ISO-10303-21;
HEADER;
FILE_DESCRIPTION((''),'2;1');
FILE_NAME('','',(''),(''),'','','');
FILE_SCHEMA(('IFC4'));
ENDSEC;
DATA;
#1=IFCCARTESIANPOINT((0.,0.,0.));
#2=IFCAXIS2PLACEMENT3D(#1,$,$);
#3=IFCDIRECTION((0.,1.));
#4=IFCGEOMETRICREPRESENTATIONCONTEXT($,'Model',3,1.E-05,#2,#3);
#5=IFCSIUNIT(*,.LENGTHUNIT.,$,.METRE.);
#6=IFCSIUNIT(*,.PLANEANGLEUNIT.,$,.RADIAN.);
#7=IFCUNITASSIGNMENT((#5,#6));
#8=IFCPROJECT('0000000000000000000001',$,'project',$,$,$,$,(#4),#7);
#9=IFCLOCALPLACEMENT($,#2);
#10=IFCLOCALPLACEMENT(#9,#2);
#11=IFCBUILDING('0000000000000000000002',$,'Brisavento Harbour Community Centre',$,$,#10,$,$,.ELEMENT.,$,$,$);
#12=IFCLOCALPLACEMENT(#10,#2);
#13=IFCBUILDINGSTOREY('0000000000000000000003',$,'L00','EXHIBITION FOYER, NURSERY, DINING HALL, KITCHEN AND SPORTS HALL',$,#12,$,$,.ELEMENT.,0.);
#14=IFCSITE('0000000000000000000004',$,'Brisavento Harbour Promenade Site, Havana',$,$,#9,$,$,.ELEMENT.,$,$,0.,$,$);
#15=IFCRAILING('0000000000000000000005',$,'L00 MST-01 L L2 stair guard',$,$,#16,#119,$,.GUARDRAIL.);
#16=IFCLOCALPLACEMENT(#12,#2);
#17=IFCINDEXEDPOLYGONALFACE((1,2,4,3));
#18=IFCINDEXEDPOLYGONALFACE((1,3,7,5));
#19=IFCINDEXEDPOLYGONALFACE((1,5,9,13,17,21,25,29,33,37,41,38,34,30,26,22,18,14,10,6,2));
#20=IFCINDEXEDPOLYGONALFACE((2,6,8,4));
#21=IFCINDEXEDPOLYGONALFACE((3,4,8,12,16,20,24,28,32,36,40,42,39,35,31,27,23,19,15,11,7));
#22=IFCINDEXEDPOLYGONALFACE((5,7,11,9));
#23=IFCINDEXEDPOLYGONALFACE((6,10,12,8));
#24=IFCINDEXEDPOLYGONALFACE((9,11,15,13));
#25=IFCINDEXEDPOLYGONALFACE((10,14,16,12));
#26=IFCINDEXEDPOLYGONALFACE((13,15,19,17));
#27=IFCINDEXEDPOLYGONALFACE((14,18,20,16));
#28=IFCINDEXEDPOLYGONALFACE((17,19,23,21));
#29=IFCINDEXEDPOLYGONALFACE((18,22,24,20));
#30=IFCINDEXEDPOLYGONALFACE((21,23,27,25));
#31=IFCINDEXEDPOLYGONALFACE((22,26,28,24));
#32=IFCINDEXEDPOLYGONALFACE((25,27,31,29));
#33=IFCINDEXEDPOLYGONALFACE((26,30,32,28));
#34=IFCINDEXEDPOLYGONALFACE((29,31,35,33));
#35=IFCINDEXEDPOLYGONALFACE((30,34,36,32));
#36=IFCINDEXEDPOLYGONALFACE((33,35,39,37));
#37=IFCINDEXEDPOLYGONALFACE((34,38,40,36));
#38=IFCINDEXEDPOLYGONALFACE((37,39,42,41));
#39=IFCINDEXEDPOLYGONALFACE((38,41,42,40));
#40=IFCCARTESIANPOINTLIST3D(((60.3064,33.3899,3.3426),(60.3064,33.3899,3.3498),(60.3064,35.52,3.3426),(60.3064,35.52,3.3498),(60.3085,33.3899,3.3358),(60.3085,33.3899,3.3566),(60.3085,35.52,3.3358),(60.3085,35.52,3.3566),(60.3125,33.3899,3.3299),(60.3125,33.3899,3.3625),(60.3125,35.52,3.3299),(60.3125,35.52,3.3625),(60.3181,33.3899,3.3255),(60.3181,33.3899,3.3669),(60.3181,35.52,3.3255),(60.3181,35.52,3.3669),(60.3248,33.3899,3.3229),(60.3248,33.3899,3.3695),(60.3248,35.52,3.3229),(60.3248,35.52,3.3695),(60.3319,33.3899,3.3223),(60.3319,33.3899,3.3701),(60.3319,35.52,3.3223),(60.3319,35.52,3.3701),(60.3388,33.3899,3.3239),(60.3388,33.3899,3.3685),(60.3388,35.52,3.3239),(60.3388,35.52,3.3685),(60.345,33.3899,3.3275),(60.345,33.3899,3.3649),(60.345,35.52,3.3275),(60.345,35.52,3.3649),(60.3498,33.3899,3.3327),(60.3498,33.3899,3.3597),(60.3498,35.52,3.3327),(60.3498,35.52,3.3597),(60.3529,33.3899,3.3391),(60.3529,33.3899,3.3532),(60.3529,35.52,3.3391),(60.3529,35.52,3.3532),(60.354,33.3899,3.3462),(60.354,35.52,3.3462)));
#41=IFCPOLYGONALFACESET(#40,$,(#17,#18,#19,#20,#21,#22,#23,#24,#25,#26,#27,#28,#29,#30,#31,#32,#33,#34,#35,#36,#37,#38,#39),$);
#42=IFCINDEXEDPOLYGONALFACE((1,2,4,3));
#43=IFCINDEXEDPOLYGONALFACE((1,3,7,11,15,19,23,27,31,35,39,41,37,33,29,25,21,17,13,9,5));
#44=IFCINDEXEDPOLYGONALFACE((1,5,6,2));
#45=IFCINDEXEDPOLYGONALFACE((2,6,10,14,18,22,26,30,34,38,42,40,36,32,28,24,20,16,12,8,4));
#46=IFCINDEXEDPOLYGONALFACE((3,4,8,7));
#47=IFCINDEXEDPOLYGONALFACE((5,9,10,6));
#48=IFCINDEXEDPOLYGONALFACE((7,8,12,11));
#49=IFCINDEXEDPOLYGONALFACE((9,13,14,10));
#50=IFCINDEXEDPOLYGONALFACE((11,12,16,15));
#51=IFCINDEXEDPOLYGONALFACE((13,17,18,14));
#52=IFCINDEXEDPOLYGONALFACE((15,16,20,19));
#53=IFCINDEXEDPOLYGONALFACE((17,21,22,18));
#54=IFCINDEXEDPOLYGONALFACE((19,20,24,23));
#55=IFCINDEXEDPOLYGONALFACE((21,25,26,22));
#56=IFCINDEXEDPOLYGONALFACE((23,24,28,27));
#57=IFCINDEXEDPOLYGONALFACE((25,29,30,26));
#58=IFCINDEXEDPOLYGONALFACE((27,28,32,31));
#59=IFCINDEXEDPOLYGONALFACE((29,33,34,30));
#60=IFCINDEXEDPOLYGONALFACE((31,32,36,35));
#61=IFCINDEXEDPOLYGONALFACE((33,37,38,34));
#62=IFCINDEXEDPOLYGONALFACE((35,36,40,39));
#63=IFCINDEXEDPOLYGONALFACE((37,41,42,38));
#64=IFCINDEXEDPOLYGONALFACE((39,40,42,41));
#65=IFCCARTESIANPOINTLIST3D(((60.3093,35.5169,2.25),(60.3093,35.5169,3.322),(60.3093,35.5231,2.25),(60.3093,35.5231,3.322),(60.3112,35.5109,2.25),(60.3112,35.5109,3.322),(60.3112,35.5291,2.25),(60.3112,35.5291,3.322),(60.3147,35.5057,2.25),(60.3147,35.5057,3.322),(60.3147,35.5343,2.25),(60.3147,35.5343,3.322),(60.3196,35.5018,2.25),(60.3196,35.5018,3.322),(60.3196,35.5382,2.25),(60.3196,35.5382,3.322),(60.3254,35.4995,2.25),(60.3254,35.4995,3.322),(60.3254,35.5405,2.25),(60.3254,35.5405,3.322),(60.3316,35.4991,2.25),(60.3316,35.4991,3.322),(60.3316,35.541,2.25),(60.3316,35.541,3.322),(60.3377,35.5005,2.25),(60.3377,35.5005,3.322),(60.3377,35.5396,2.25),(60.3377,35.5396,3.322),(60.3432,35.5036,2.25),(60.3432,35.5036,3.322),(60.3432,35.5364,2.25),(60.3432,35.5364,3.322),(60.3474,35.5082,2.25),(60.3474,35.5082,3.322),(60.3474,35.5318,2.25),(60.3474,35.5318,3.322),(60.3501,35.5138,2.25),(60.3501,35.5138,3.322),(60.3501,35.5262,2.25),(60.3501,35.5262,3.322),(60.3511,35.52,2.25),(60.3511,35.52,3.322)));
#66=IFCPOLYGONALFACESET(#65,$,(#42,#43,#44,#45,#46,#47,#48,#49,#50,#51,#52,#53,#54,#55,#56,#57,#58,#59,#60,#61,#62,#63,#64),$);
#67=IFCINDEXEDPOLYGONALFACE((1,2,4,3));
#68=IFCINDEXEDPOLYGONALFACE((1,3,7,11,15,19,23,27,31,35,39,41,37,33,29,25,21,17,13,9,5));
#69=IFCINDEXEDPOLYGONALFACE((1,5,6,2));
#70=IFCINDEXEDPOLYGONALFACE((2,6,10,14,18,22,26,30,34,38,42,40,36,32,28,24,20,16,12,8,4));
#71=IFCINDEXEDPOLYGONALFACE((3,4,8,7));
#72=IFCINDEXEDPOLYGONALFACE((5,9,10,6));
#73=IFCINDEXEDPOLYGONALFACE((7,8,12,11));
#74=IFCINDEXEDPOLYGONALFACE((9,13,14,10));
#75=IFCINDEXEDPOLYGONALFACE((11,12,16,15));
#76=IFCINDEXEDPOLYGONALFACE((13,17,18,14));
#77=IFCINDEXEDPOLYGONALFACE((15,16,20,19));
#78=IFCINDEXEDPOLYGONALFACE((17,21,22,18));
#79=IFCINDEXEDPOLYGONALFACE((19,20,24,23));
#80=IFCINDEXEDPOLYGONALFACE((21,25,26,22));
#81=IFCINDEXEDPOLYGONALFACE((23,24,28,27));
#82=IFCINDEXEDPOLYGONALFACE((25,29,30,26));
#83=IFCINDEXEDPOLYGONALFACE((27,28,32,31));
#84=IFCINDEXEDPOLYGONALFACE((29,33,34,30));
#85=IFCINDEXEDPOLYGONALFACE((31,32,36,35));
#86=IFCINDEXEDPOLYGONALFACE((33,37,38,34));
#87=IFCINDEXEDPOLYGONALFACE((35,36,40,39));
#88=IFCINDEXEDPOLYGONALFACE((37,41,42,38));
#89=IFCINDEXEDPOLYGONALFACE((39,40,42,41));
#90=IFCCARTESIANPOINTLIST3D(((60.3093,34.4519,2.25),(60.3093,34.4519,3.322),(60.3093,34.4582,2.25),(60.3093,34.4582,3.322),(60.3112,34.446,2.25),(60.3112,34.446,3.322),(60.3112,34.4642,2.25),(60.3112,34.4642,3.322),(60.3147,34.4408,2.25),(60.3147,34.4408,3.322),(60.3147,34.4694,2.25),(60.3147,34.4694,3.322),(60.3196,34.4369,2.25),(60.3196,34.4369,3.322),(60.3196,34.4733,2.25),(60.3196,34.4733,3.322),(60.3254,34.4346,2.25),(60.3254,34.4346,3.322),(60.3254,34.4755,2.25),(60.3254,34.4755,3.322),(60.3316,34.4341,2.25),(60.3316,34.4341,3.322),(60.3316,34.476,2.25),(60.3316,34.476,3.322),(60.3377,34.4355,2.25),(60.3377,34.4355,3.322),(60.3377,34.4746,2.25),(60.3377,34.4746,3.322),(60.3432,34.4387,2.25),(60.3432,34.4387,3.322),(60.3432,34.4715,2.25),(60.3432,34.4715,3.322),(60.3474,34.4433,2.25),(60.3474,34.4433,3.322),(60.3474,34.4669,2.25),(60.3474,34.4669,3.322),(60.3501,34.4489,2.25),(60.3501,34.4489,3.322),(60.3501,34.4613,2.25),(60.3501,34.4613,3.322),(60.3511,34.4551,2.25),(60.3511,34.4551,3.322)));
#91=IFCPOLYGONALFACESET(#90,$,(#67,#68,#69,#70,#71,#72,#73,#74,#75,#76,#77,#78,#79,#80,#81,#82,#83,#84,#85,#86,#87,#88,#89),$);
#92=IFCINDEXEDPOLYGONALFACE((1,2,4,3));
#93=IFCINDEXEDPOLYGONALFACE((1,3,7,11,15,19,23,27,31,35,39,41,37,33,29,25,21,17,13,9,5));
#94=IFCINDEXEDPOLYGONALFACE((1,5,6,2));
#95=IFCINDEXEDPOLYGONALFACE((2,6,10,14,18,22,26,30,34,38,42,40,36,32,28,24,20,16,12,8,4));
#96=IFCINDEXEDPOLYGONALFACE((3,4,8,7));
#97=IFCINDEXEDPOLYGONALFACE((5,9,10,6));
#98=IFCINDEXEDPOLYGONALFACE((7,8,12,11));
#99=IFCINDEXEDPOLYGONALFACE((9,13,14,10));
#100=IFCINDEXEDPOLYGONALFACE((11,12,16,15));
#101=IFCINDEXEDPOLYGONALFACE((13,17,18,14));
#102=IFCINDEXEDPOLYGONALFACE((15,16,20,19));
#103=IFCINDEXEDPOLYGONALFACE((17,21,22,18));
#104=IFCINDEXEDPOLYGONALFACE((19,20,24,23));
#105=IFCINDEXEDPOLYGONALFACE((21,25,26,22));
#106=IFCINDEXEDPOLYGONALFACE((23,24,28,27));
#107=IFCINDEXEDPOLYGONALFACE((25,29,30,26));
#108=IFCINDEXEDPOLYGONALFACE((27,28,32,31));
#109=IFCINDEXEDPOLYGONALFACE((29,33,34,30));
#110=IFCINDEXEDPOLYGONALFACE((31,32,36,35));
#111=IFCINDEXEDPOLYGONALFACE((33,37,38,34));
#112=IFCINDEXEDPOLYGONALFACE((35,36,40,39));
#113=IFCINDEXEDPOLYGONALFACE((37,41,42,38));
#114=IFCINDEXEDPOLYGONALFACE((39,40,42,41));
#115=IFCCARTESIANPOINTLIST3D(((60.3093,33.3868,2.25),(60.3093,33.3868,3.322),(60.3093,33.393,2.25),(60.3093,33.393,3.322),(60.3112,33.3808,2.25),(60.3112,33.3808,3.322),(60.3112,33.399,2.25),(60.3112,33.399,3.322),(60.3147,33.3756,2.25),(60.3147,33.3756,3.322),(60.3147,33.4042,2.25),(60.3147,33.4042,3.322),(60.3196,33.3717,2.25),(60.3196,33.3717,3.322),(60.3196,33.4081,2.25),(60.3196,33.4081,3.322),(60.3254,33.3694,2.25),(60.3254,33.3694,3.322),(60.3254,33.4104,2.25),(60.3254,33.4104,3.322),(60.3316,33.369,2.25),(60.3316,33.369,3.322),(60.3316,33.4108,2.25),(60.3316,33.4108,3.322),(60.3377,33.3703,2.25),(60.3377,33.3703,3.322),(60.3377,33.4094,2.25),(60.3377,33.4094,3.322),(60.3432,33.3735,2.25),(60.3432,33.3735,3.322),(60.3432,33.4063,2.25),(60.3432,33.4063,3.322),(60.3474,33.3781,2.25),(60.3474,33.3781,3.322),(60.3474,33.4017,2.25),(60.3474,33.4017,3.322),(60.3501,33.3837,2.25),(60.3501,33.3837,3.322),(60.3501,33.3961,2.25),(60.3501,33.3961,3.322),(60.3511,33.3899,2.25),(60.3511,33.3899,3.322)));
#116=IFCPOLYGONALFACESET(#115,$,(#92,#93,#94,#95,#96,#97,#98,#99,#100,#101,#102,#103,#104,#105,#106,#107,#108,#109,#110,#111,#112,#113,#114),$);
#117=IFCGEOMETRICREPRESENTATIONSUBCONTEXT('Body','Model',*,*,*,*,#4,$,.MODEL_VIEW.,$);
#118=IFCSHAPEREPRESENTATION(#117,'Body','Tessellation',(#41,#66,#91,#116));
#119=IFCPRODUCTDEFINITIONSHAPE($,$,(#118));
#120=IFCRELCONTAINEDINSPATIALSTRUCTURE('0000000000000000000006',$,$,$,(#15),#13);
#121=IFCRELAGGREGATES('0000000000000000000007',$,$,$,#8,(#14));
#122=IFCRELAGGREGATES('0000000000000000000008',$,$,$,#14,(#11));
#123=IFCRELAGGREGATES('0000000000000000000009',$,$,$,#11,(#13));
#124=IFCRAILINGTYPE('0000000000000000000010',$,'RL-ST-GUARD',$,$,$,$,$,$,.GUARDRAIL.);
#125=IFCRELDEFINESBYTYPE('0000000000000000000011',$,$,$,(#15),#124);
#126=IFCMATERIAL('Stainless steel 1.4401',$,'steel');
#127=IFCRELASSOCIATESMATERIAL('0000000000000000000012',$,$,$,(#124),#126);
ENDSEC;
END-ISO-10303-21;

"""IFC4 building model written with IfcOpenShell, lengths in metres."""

from ifc_helpers import new_model, si_unit, direction, frame, origin, origin_2d, place, context, subcontext, project, spatial, circle, extrude, material, type_object, element, save


model = new_model("IFC4")

# Units and contexts
model_context = context("Model", 3, precision=1e-05, world=origin(), true_north=direction((0.0, 1.0)))
body_context = subcontext(model_context, "Body", "Model", "MODEL_VIEW")
ifc_project = project(units=[si_unit("LENGTHUNIT", "METRE"), si_unit("PLANEANGLEUNIT", "RADIAN")], contexts=[model_context])

# Site, building, storey
site_placement = place(None, origin())
site = spatial("IfcSite", under=ifc_project, at=site_placement, Name="Brisavento Harbour Promenade Site, Havana", CompositionType="ELEMENT", RefElevation=0.0)
building_placement = place(site_placement, origin())
building = spatial("IfcBuilding", under=site, at=building_placement, Name="Brisavento Harbour Community Centre", CompositionType="ELEMENT")
storey_placement = place(building_placement, origin())
storey = spatial("IfcBuildingStorey", under=building, at=storey_placement, Name="L00", Description="EXHIBITION FOYER, NURSERY, DINING HALL, KITCHEN AND SPORTS HALL", CompositionType="ELEMENT", Elevation=0.0)

# Railing
ifc_material_1 = material(Name="Stainless steel 1.4401", Category="steel")
railing_type = type_object("IfcRailingType", Name="RL-ST-GUARD", PredefinedType="GUARDRAIL", material=ifc_material_1)
railing_1_placement = place(storey_placement, frame((60.3301, 35.52, 2.25)))
element("IfcRailing", 1, at=railing_1_placement, inside=storey, type_object=railing_type, Name="L00 MST-01 L L2 stair guard", PredefinedType="GUARDRAIL", context=body_context, shape_type="SweptSolid", body=[
    extrude(circle(Radius=0.0239, at=origin_2d()), frame((0.0, 0.0, 1.0962), z_axis=(0.0, -1.0, 0.0), x_axis=(1.0, 0.0, 0.0)), (0.0, 0.0, 1.0), 2.1301),
    extrude(circle(Radius=0.021, at=origin_2d()), origin(), (0.0, 0.0, 1.0), 1.072),
    extrude(circle(Radius=0.021, at=origin_2d()), frame((0.0, -1.0649, 0.0)), (0.0, 0.0, 1.0), 1.072),
    extrude(circle(Radius=0.021, at=origin_2d()), frame((0.0, -2.1301, 0.0)), (0.0, 0.0, 1.0), 1.072),
])

save(model, "model.ifc")
